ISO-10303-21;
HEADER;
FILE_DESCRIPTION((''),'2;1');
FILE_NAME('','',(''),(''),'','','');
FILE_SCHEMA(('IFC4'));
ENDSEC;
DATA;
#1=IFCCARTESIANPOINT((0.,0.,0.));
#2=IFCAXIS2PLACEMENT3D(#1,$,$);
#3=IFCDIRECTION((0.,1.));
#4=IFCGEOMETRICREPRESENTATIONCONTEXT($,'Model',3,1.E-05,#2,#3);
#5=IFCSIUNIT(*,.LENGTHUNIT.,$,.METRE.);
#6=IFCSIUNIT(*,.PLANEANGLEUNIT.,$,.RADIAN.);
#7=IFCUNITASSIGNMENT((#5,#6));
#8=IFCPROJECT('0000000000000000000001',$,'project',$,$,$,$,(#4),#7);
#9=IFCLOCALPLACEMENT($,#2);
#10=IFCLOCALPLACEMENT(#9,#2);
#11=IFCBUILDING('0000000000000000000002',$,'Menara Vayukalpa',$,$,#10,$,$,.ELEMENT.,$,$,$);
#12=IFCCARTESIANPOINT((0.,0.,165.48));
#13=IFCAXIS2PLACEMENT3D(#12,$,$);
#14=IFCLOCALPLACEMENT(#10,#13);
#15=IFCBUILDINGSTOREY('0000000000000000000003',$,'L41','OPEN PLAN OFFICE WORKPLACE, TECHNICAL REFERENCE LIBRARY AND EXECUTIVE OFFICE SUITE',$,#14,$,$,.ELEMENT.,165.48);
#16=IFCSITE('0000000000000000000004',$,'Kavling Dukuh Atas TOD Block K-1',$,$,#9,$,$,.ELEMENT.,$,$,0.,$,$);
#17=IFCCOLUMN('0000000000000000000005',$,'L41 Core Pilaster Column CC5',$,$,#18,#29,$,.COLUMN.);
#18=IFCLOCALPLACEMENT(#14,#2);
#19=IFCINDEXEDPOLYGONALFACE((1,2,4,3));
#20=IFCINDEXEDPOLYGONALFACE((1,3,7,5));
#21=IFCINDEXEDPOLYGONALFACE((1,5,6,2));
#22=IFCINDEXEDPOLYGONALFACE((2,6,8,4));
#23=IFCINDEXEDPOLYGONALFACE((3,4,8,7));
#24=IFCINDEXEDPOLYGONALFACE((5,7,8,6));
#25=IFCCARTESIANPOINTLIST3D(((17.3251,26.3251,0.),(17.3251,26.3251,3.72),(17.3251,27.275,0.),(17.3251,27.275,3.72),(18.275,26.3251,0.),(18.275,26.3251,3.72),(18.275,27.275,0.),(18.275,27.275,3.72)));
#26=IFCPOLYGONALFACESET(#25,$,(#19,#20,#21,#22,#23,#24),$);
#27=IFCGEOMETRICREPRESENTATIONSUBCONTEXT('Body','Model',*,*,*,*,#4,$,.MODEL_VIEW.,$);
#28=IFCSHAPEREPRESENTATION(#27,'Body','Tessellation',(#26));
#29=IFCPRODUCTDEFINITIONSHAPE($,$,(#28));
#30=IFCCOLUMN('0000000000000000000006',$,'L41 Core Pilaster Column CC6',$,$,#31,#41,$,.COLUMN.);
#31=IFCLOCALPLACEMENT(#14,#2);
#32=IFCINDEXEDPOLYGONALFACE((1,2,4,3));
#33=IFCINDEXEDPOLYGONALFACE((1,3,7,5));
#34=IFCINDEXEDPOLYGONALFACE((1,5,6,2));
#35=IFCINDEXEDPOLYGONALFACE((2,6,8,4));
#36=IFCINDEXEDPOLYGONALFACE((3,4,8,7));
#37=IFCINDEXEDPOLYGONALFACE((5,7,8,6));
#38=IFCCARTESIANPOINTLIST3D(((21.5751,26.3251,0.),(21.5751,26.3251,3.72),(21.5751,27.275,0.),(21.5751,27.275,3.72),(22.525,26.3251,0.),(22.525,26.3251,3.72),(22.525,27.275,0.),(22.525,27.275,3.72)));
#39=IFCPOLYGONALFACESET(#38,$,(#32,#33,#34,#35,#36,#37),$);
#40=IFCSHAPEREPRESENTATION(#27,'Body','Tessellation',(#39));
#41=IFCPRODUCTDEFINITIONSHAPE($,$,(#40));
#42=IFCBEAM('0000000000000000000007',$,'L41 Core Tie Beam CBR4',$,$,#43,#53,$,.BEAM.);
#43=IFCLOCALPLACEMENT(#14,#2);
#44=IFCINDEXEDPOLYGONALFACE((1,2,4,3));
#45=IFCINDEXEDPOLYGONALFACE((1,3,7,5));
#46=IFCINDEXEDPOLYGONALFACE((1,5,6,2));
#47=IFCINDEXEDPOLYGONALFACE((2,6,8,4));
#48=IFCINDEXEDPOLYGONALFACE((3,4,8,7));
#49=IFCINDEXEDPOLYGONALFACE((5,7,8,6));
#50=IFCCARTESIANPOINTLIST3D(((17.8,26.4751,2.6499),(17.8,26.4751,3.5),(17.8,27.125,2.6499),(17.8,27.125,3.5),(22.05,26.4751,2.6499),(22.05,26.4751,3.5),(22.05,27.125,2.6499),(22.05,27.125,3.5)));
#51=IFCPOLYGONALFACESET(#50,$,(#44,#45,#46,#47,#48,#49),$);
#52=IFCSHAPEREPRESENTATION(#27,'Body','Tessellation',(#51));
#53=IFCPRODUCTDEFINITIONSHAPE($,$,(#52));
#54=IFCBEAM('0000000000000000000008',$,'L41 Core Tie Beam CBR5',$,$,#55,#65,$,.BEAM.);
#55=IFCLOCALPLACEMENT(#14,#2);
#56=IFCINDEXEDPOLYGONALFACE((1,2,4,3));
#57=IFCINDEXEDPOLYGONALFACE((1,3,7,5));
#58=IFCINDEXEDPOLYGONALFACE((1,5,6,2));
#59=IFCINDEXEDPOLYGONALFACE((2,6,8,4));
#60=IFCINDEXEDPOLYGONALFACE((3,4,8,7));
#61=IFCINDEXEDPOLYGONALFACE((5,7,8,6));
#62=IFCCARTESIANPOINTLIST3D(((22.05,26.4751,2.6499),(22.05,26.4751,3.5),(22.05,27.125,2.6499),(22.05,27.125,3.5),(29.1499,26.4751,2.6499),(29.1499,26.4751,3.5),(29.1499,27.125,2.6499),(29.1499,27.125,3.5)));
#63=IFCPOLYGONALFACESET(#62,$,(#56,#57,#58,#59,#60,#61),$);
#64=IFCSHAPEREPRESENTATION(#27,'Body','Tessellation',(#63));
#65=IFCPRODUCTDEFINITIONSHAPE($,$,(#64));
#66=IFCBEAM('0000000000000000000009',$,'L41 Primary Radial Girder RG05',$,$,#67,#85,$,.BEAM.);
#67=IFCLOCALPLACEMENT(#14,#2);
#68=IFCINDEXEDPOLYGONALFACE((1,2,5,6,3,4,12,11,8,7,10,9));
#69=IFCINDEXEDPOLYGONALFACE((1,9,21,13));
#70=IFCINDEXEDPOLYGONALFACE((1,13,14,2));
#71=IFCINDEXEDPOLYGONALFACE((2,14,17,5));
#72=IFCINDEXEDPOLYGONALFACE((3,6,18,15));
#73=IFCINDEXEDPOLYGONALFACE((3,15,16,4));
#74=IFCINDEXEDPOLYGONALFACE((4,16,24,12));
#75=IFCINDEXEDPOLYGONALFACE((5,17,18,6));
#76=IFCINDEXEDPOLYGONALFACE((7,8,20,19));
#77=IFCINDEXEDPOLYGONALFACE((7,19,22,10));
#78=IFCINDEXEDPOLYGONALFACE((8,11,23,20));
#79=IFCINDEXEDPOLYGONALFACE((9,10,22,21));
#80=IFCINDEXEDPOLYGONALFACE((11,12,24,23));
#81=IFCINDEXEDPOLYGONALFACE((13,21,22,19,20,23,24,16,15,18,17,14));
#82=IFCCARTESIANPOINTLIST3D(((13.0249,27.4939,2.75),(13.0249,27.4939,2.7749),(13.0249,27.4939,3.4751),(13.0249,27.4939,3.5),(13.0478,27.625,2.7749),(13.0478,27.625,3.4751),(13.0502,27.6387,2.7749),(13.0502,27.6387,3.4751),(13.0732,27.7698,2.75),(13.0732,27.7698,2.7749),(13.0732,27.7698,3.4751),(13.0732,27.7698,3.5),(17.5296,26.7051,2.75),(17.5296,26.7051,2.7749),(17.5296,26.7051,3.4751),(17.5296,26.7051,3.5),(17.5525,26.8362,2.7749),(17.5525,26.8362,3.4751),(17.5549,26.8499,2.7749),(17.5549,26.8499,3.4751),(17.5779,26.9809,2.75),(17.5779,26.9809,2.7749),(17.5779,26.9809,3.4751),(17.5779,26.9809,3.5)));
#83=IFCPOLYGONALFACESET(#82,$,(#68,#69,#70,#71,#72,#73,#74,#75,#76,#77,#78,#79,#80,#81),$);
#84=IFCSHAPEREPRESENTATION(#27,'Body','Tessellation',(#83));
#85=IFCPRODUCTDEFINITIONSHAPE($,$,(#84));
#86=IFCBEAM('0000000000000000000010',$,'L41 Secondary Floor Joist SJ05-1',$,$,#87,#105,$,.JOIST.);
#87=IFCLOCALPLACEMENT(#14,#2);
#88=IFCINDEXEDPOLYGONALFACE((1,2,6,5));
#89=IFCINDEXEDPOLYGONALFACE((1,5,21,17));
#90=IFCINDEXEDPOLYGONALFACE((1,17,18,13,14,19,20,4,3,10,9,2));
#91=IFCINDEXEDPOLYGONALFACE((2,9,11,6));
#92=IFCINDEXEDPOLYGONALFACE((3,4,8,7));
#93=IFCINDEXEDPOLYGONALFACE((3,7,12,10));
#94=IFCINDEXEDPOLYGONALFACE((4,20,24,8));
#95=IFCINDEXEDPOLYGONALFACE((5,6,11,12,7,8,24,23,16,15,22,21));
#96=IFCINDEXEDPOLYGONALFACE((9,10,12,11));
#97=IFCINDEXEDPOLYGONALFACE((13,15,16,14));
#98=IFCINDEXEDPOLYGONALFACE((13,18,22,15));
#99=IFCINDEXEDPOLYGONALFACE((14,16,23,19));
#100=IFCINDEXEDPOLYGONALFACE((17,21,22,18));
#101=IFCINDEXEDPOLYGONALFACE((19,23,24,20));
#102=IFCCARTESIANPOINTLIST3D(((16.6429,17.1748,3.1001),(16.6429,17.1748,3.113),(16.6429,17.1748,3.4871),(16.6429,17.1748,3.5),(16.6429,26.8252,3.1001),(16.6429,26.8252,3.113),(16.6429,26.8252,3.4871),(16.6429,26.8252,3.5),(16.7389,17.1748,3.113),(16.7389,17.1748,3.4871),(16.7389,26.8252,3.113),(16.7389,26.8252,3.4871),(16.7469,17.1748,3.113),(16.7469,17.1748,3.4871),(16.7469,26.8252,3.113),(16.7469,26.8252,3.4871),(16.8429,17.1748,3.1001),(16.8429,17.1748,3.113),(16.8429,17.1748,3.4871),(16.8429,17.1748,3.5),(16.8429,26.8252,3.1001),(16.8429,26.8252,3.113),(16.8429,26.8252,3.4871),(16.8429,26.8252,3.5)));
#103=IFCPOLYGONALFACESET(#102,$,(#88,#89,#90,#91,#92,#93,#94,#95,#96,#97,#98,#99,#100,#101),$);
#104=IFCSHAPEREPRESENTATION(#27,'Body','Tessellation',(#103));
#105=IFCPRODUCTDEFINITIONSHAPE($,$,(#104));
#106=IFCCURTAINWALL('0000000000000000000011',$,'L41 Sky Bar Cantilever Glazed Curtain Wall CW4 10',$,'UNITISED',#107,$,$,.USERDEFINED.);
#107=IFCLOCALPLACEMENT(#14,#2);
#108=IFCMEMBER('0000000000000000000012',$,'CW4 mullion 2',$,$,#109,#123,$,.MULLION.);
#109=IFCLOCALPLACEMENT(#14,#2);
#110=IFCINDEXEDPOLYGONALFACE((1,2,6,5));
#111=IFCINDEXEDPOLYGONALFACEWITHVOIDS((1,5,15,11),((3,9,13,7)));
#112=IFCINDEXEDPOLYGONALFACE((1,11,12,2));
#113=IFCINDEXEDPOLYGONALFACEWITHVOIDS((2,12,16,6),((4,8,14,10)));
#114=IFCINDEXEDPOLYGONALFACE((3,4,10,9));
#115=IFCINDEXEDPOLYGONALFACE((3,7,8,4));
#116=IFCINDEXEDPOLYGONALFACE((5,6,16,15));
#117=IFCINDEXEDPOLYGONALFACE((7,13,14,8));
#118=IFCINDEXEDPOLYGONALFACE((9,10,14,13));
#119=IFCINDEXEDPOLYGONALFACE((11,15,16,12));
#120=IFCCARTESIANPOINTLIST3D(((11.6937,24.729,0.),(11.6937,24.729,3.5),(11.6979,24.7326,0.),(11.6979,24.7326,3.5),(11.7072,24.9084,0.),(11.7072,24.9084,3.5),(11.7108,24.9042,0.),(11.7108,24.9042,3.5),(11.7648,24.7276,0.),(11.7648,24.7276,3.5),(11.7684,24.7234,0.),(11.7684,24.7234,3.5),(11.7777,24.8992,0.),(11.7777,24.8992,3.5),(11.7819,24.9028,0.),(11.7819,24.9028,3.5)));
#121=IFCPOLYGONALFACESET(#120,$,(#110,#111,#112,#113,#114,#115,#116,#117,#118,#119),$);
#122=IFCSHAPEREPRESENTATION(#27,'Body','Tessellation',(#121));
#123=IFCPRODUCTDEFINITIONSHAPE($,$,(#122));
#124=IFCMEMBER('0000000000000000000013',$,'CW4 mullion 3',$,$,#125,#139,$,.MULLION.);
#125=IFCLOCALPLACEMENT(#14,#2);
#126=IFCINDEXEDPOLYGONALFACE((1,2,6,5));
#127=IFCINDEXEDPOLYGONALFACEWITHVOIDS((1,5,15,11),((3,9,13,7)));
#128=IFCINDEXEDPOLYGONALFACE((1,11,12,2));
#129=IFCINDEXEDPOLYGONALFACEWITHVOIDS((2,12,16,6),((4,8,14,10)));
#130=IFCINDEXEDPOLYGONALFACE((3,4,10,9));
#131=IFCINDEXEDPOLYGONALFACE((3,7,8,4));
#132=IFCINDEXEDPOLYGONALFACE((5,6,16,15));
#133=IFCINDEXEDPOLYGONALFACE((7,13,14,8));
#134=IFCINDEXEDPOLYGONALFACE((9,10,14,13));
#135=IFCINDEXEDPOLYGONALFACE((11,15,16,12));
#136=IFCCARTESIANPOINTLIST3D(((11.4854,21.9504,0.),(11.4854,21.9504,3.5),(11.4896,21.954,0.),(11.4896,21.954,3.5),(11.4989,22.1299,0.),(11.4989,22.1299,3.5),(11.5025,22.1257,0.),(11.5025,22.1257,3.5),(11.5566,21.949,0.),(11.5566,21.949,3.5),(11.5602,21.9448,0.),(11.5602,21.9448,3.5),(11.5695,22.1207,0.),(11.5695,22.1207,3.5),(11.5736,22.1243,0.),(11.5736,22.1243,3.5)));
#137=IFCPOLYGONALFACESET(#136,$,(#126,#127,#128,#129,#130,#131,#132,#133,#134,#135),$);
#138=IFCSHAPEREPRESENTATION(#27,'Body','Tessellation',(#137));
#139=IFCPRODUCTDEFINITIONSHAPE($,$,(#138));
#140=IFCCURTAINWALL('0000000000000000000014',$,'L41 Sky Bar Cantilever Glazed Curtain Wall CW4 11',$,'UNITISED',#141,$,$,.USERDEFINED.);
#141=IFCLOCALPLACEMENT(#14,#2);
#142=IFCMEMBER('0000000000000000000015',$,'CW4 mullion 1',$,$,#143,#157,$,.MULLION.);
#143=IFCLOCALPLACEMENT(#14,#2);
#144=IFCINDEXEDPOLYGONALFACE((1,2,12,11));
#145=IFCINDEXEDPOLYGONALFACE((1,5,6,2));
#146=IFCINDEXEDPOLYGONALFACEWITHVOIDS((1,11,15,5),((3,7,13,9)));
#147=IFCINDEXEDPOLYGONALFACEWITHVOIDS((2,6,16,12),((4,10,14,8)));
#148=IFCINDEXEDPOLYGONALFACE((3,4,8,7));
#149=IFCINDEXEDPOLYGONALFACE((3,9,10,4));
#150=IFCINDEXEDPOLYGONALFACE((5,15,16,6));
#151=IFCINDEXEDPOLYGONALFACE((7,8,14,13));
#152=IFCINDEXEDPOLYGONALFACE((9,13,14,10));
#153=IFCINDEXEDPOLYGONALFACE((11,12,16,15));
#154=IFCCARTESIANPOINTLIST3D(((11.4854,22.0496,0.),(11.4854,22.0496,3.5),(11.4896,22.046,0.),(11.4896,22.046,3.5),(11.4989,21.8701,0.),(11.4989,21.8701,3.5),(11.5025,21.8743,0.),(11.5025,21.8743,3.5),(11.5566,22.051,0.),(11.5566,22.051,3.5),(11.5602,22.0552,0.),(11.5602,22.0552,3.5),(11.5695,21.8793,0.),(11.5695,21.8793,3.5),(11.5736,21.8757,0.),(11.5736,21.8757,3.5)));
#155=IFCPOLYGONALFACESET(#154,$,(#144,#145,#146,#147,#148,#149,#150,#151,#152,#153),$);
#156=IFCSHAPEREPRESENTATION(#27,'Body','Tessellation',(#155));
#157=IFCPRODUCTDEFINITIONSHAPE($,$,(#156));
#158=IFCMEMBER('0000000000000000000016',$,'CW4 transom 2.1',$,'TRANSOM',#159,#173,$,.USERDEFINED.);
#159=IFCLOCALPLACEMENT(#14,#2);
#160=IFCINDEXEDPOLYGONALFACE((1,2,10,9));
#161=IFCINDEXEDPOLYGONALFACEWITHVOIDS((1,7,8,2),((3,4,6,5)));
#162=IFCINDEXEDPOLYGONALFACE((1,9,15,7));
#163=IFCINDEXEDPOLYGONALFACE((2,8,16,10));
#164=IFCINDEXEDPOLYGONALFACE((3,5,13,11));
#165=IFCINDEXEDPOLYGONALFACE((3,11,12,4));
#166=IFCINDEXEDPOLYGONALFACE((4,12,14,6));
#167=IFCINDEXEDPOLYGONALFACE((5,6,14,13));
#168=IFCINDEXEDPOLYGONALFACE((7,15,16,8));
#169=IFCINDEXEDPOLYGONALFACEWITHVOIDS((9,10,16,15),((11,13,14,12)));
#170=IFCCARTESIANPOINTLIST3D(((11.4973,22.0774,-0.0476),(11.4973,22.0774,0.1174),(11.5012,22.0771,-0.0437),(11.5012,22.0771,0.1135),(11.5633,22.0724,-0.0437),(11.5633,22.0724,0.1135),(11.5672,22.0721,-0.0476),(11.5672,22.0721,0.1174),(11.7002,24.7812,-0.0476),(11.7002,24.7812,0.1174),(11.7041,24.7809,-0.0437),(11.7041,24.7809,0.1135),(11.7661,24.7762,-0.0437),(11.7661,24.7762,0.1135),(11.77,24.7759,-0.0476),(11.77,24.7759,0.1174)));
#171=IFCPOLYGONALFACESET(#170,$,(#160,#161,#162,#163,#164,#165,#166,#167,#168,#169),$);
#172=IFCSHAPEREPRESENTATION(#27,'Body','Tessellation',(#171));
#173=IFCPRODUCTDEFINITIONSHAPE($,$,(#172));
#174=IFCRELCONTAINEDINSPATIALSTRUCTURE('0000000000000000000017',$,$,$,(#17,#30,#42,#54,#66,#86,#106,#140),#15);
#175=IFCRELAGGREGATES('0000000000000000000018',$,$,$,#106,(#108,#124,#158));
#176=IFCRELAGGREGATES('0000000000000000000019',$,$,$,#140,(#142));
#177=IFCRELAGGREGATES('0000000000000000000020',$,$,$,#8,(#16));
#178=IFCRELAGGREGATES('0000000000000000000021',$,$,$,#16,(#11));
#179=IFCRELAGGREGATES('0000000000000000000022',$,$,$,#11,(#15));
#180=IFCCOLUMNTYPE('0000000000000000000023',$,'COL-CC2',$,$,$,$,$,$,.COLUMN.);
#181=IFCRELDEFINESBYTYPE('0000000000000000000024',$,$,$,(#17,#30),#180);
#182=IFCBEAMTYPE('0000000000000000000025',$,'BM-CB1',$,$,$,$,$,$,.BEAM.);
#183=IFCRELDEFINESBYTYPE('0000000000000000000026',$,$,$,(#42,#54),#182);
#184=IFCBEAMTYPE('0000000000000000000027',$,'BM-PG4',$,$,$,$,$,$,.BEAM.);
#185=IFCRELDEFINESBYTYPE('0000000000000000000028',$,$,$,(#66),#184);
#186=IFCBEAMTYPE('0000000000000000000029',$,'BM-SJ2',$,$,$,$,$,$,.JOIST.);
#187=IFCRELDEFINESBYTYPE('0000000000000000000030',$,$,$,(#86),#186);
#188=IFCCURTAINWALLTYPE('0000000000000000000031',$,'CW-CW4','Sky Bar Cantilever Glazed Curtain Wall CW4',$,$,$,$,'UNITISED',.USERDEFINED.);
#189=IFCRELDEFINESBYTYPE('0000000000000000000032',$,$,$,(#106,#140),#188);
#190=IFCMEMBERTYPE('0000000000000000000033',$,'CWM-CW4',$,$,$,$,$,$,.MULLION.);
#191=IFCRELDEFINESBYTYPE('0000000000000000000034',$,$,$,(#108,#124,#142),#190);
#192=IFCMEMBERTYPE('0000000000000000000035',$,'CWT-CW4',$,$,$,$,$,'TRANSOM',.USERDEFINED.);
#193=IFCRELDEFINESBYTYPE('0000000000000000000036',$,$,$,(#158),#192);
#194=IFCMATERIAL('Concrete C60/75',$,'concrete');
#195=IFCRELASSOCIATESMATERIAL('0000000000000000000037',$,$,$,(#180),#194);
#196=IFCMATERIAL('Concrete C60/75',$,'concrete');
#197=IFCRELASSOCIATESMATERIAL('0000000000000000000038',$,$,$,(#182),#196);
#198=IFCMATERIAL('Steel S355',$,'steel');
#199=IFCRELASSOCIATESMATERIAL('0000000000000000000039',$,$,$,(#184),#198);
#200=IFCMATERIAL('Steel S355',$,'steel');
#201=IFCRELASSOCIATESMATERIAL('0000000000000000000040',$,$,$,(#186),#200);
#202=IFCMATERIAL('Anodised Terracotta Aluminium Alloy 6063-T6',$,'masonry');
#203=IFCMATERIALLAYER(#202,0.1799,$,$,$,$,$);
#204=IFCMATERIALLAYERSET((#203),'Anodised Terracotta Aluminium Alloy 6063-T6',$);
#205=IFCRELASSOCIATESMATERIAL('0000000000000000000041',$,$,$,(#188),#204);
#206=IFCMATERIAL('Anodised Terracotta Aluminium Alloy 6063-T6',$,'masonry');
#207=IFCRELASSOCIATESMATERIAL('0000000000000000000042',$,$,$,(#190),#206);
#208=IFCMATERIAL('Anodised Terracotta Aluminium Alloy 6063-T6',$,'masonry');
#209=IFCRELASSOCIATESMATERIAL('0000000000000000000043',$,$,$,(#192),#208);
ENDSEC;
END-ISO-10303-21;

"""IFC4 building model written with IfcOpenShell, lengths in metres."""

from ifc_helpers import new_model, si_unit, direction, frame, origin, origin_2d, place, context, subcontext, project, spatial, rectangle, hollow_rectangle, i_section, extrude, material, layer, layer_set, material_profile, profile_set, type_object, element, aggregate, save


model = new_model("IFC4")

# Units and contexts
model_context = context("Model", 3, precision=1e-05, world=origin(), true_north=direction((0.0, 1.0)))
body_context = subcontext(model_context, "Body", "Model", "MODEL_VIEW")
ifc_project = project(units=[si_unit("LENGTHUNIT", "METRE"), si_unit("PLANEANGLEUNIT", "RADIAN")], contexts=[model_context])

# Site, building, storey
site_placement = place(None, origin())
site = spatial("IfcSite", under=ifc_project, at=site_placement, Name="Kavling Dukuh Atas TOD Block K-1", CompositionType="ELEMENT", RefElevation=0.0)
building_placement = place(site_placement, origin())
building = spatial("IfcBuilding", under=site, at=building_placement, Name="Menara Vayukalpa", CompositionType="ELEMENT")
storey_placement = place(building_placement, frame((0.0, 0.0, 165.48)))
storey = spatial("IfcBuildingStorey", under=building, at=storey_placement, Name="L41", Description="OPEN PLAN OFFICE WORKPLACE, TECHNICAL REFERENCE LIBRARY AND EXECUTIVE OFFICE SUITE", CompositionType="ELEMENT", Elevation=165.48)

# Columns
ifc_material_1 = material(Name="Concrete C60/75", Category="concrete")
ifc_material_profile_1 = material_profile(ifc_material_1, rectangle(XDim=0.95, YDim=0.95, at=origin_2d()), Name="RC 950x950")
ifc_profile_set_1 = profile_set([ifc_material_profile_1], Name="Concrete C60/75")
column_type = type_object("IfcColumnType", Name="COL-CC2", PredefinedType="COLUMN", material=ifc_profile_set_1)
for number, where, z_axis, x_axis, name in (
    (1, (17.8, 26.8, 0.0), (0.0, 0.0, 1.0), (1.0, 0.0, 0.0), "L41 Core Pilaster Column CC5"),
    (2, (22.05, 26.8, 0.0), (0.0, 0.0, 1.0), (1.0, 0.0, 0.0), "L41 Core Pilaster Column CC6"),
):
    element("IfcColumn", number, at=place(storey_placement, frame(where, z_axis=z_axis, x_axis=x_axis)), inside=storey, type_object=column_type, Name=name, PredefinedType="COLUMN", context=body_context, shape_type="SweptSolid", body=[
        extrude(rectangle(XDim=0.95, YDim=0.95, at=origin_2d()), origin(), (0.0, 0.0, 1.0), 3.72),
    ])

# Beams
ifc_material_2 = material(Name="Concrete C60/75", Category="concrete")
ifc_material_profile_2 = material_profile(ifc_material_2, rectangle(XDim=0.6499, YDim=0.8501, at=origin_2d()), Name="RC 650x850")
ifc_profile_set_2 = profile_set([ifc_material_profile_2], Name="Concrete C60/75")
beam_type_1 = type_object("IfcBeamType", Name="BM-CB1", PredefinedType="BEAM", material=ifc_profile_set_2)
beam_1_placement = place(storey_placement, frame((17.8, 26.8, 3.075), z_axis=(1.0, 0.0, 0.0), x_axis=(0.0, 1.0, 0.0)))
element("IfcBeam", 3, at=beam_1_placement, inside=storey, type_object=beam_type_1, Name="L41 Core Tie Beam CBR4", PredefinedType="BEAM", context=body_context, shape_type="SweptSolid", body=[
    extrude(rectangle(XDim=0.6499, YDim=0.8501, at=origin_2d()), origin(), (0.0, 0.0, 1.0), 4.25),
])
beam_2_placement = place(storey_placement, frame((22.05, 26.8, 3.075), z_axis=(1.0, 0.0, 0.0), x_axis=(0.0, 1.0, 0.0)))
element("IfcBeam", 4, at=beam_2_placement, inside=storey, type_object=beam_type_1, Name="L41 Core Tie Beam CBR5", PredefinedType="BEAM", context=body_context, shape_type="SweptSolid", body=[
    extrude(rectangle(XDim=0.6499, YDim=0.8501, at=origin_2d()), origin(), (0.0, 0.0, 1.0), 7.0999),
])
ifc_material_3 = material(Name="Steel S355", Category="steel")
ifc_material_profile_3 = material_profile(ifc_material_3, i_section(OverallWidth=0.28, OverallDepth=0.75, WebThickness=0.0139, FlangeThickness=0.0249, at=origin_2d()), Name="WF 750x280x14x25")
ifc_profile_set_3 = profile_set([ifc_material_profile_3], Name="Steel S355")
beam_type_2 = type_object("IfcBeamType", Name="BM-PG4", PredefinedType="BEAM", material=ifc_profile_set_3)
beam_3_placement = place(storey_placement, frame((17.5537, 26.843, 3.125), z_axis=(-0.985012, 0.172488, 0.0), x_axis=(-0.172488, -0.985012, 0.0)))
element("IfcBeam", 5, at=beam_3_placement, inside=storey, type_object=beam_type_2, Name="L41 Primary Radial Girder RG05", PredefinedType="BEAM", context=body_context, shape_type="SweptSolid", body=[
    extrude(i_section(OverallWidth=0.28, OverallDepth=0.75, WebThickness=0.0139, FlangeThickness=0.0249, at=origin_2d()), origin(), (0.0, 0.0, 1.0), 4.5732),
])
ifc_material_4 = material(Name="Steel S355", Category="steel")
ifc_material_profile_4 = material_profile(ifc_material_4, i_section(OverallWidth=0.2, OverallDepth=0.3999, WebThickness=0.0081, FlangeThickness=0.0129, at=origin_2d()), Name="WF 400x200x8x13")
ifc_profile_set_4 = profile_set([ifc_material_profile_4], Name="Steel S355")
beam_type_3 = type_object("IfcBeamType", Name="BM-SJ2", PredefinedType="JOIST", material=ifc_profile_set_4)
beam_4_placement = place(storey_placement, frame((16.7429, 26.8252, 3.3), z_axis=(0.0, -1.0, 0.0), x_axis=(1.0, 0.0, 0.0)))
element("IfcBeam", 6, at=beam_4_placement, inside=storey, type_object=beam_type_3, Name="L41 Secondary Floor Joist SJ05-1", PredefinedType="JOIST", context=body_context, shape_type="SweptSolid", body=[
    extrude(i_section(OverallWidth=0.2, OverallDepth=0.3999, WebThickness=0.0081, FlangeThickness=0.0129, at=origin_2d()), origin(), (0.0, 0.0, 1.0), 9.6504),
])

# Curtain wall, members
ifc_material_5 = material(Name="Anodised Terracotta Aluminium Alloy 6063-T6", Category="masonry")
ifc_layer_1 = layer(ifc_material_5, 0.1799)
ifc_layer_set_1 = layer_set([ifc_layer_1], Name="Anodised Terracotta Aluminium Alloy 6063-T6")
curtain_wall_type = type_object("IfcCurtainWallType", Name="CW-CW4", Description="Sky Bar Cantilever Glazed Curtain Wall CW4", ElementType="UNITISED", PredefinedType="USERDEFINED", material=ifc_layer_set_1)
curtain_wall_1_placement = place(storey_placement, origin())
curtain_wall_1 = element("IfcCurtainWall", 7, at=curtain_wall_1_placement, inside=storey, type_object=curtain_wall_type, Name="L41 Sky Bar Cantilever Glazed Curtain Wall CW4 10", ObjectType="UNITISED", PredefinedType="USERDEFINED")
ifc_material_6 = material(Name="Anodised Terracotta Aluminium Alloy 6063-T6", Category="masonry")
ifc_material_profile_5 = material_profile(ifc_material_6, hollow_rectangle(XDim=0.075, YDim=0.1799, WallThickness=0.0039, at=origin_2d()), Name="ALU 75x180x4")
ifc_profile_set_5 = profile_set([ifc_material_profile_5], Name="Anodised Terracotta Aluminium Alloy 6063-T6")
member_type_1 = type_object("IfcMemberType", Name="CWM-CW4", PredefinedType="MULLION", material=ifc_profile_set_5)
member_1_placement = place(storey_placement, frame((11.7378, 24.8159, 0.0), z_axis=(0.0, 0.0, 1.0), x_axis=(0.997199, -0.074793, 0.0)))
member_1 = element("IfcMember", 8, at=member_1_placement, type_object=member_type_1, Name="CW4 mullion 2", PredefinedType="MULLION", context=body_context, shape_type="SweptSolid", body=[
    extrude(hollow_rectangle(XDim=0.075, YDim=0.1799, WallThickness=0.0039, at=origin_2d()), origin(), (0.0, 0.0, 1.0), 3.5),
])
member_2_placement = place(storey_placement, frame((11.5295, 22.0374, 0.0), z_axis=(0.0, 0.0, 1.0), x_axis=(0.997199, -0.074793, 0.0)))
member_2 = element("IfcMember", 9, at=member_2_placement, type_object=member_type_1, Name="CW4 mullion 3", PredefinedType="MULLION", context=body_context, shape_type="SweptSolid", body=[
    extrude(hollow_rectangle(XDim=0.075, YDim=0.1799, WallThickness=0.0039, at=origin_2d()), origin(), (0.0, 0.0, 1.0), 3.5),
])

# Curtain wall, member
curtain_wall_2_placement = place(storey_placement, origin())
curtain_wall_2 = element("IfcCurtainWall", 10, at=curtain_wall_2_placement, inside=storey, type_object=curtain_wall_type, Name="L41 Sky Bar Cantilever Glazed Curtain Wall CW4 11", ObjectType="UNITISED", PredefinedType="USERDEFINED")
member_3_placement = place(storey_placement, frame((11.5295, 21.9626, 0.0), z_axis=(0.0, 0.0, 1.0), x_axis=(0.997199, 0.074793, 0.0)))
member_3 = element("IfcMember", 11, at=member_3_placement, type_object=member_type_1, Name="CW4 mullion 1", PredefinedType="MULLION", context=body_context, shape_type="SweptSolid", body=[
    extrude(hollow_rectangle(XDim=0.075, YDim=0.1799, WallThickness=0.0039, at=origin_2d()), origin(), (0.0, 0.0, 1.0), 3.5),
])

# Member
ifc_material_7 = material(Name="Anodised Terracotta Aluminium Alloy 6063-T6", Category="masonry")
ifc_material_profile_6 = material_profile(ifc_material_7, hollow_rectangle(XDim=0.0701, YDim=0.165, WallThickness=0.0039, at=origin_2d()), Name="ALU 70x165x4")
ifc_profile_set_6 = profile_set([ifc_material_profile_6], Name="Anodised Terracotta Aluminium Alloy 6063-T6")
member_type_2 = type_object("IfcMemberType", Name="CWT-CW4", ElementType="TRANSOM", PredefinedType="USERDEFINED", material=ifc_profile_set_6)
member_4_placement = place(storey_placement, frame((11.7351, 24.7786, 0.0349), z_axis=(-0.074824, -0.997197, 0.0), x_axis=(0.997197, -0.074824, 0.0)))
member_4 = element("IfcMember", 12, at=member_4_placement, type_object=member_type_2, Name="CW4 transom 2.1", ObjectType="TRANSOM", PredefinedType="USERDEFINED", context=body_context, shape_type="SweptSolid", body=[
    extrude(hollow_rectangle(XDim=0.0701, YDim=0.165, WallThickness=0.0039, at=origin_2d()), origin(), (0.0, 0.0, 1.0), 2.7114),
])

aggregate(curtain_wall_1, [member_1, member_2, member_4])
aggregate(curtain_wall_2, [member_3])

save(model, "model.ifc")
